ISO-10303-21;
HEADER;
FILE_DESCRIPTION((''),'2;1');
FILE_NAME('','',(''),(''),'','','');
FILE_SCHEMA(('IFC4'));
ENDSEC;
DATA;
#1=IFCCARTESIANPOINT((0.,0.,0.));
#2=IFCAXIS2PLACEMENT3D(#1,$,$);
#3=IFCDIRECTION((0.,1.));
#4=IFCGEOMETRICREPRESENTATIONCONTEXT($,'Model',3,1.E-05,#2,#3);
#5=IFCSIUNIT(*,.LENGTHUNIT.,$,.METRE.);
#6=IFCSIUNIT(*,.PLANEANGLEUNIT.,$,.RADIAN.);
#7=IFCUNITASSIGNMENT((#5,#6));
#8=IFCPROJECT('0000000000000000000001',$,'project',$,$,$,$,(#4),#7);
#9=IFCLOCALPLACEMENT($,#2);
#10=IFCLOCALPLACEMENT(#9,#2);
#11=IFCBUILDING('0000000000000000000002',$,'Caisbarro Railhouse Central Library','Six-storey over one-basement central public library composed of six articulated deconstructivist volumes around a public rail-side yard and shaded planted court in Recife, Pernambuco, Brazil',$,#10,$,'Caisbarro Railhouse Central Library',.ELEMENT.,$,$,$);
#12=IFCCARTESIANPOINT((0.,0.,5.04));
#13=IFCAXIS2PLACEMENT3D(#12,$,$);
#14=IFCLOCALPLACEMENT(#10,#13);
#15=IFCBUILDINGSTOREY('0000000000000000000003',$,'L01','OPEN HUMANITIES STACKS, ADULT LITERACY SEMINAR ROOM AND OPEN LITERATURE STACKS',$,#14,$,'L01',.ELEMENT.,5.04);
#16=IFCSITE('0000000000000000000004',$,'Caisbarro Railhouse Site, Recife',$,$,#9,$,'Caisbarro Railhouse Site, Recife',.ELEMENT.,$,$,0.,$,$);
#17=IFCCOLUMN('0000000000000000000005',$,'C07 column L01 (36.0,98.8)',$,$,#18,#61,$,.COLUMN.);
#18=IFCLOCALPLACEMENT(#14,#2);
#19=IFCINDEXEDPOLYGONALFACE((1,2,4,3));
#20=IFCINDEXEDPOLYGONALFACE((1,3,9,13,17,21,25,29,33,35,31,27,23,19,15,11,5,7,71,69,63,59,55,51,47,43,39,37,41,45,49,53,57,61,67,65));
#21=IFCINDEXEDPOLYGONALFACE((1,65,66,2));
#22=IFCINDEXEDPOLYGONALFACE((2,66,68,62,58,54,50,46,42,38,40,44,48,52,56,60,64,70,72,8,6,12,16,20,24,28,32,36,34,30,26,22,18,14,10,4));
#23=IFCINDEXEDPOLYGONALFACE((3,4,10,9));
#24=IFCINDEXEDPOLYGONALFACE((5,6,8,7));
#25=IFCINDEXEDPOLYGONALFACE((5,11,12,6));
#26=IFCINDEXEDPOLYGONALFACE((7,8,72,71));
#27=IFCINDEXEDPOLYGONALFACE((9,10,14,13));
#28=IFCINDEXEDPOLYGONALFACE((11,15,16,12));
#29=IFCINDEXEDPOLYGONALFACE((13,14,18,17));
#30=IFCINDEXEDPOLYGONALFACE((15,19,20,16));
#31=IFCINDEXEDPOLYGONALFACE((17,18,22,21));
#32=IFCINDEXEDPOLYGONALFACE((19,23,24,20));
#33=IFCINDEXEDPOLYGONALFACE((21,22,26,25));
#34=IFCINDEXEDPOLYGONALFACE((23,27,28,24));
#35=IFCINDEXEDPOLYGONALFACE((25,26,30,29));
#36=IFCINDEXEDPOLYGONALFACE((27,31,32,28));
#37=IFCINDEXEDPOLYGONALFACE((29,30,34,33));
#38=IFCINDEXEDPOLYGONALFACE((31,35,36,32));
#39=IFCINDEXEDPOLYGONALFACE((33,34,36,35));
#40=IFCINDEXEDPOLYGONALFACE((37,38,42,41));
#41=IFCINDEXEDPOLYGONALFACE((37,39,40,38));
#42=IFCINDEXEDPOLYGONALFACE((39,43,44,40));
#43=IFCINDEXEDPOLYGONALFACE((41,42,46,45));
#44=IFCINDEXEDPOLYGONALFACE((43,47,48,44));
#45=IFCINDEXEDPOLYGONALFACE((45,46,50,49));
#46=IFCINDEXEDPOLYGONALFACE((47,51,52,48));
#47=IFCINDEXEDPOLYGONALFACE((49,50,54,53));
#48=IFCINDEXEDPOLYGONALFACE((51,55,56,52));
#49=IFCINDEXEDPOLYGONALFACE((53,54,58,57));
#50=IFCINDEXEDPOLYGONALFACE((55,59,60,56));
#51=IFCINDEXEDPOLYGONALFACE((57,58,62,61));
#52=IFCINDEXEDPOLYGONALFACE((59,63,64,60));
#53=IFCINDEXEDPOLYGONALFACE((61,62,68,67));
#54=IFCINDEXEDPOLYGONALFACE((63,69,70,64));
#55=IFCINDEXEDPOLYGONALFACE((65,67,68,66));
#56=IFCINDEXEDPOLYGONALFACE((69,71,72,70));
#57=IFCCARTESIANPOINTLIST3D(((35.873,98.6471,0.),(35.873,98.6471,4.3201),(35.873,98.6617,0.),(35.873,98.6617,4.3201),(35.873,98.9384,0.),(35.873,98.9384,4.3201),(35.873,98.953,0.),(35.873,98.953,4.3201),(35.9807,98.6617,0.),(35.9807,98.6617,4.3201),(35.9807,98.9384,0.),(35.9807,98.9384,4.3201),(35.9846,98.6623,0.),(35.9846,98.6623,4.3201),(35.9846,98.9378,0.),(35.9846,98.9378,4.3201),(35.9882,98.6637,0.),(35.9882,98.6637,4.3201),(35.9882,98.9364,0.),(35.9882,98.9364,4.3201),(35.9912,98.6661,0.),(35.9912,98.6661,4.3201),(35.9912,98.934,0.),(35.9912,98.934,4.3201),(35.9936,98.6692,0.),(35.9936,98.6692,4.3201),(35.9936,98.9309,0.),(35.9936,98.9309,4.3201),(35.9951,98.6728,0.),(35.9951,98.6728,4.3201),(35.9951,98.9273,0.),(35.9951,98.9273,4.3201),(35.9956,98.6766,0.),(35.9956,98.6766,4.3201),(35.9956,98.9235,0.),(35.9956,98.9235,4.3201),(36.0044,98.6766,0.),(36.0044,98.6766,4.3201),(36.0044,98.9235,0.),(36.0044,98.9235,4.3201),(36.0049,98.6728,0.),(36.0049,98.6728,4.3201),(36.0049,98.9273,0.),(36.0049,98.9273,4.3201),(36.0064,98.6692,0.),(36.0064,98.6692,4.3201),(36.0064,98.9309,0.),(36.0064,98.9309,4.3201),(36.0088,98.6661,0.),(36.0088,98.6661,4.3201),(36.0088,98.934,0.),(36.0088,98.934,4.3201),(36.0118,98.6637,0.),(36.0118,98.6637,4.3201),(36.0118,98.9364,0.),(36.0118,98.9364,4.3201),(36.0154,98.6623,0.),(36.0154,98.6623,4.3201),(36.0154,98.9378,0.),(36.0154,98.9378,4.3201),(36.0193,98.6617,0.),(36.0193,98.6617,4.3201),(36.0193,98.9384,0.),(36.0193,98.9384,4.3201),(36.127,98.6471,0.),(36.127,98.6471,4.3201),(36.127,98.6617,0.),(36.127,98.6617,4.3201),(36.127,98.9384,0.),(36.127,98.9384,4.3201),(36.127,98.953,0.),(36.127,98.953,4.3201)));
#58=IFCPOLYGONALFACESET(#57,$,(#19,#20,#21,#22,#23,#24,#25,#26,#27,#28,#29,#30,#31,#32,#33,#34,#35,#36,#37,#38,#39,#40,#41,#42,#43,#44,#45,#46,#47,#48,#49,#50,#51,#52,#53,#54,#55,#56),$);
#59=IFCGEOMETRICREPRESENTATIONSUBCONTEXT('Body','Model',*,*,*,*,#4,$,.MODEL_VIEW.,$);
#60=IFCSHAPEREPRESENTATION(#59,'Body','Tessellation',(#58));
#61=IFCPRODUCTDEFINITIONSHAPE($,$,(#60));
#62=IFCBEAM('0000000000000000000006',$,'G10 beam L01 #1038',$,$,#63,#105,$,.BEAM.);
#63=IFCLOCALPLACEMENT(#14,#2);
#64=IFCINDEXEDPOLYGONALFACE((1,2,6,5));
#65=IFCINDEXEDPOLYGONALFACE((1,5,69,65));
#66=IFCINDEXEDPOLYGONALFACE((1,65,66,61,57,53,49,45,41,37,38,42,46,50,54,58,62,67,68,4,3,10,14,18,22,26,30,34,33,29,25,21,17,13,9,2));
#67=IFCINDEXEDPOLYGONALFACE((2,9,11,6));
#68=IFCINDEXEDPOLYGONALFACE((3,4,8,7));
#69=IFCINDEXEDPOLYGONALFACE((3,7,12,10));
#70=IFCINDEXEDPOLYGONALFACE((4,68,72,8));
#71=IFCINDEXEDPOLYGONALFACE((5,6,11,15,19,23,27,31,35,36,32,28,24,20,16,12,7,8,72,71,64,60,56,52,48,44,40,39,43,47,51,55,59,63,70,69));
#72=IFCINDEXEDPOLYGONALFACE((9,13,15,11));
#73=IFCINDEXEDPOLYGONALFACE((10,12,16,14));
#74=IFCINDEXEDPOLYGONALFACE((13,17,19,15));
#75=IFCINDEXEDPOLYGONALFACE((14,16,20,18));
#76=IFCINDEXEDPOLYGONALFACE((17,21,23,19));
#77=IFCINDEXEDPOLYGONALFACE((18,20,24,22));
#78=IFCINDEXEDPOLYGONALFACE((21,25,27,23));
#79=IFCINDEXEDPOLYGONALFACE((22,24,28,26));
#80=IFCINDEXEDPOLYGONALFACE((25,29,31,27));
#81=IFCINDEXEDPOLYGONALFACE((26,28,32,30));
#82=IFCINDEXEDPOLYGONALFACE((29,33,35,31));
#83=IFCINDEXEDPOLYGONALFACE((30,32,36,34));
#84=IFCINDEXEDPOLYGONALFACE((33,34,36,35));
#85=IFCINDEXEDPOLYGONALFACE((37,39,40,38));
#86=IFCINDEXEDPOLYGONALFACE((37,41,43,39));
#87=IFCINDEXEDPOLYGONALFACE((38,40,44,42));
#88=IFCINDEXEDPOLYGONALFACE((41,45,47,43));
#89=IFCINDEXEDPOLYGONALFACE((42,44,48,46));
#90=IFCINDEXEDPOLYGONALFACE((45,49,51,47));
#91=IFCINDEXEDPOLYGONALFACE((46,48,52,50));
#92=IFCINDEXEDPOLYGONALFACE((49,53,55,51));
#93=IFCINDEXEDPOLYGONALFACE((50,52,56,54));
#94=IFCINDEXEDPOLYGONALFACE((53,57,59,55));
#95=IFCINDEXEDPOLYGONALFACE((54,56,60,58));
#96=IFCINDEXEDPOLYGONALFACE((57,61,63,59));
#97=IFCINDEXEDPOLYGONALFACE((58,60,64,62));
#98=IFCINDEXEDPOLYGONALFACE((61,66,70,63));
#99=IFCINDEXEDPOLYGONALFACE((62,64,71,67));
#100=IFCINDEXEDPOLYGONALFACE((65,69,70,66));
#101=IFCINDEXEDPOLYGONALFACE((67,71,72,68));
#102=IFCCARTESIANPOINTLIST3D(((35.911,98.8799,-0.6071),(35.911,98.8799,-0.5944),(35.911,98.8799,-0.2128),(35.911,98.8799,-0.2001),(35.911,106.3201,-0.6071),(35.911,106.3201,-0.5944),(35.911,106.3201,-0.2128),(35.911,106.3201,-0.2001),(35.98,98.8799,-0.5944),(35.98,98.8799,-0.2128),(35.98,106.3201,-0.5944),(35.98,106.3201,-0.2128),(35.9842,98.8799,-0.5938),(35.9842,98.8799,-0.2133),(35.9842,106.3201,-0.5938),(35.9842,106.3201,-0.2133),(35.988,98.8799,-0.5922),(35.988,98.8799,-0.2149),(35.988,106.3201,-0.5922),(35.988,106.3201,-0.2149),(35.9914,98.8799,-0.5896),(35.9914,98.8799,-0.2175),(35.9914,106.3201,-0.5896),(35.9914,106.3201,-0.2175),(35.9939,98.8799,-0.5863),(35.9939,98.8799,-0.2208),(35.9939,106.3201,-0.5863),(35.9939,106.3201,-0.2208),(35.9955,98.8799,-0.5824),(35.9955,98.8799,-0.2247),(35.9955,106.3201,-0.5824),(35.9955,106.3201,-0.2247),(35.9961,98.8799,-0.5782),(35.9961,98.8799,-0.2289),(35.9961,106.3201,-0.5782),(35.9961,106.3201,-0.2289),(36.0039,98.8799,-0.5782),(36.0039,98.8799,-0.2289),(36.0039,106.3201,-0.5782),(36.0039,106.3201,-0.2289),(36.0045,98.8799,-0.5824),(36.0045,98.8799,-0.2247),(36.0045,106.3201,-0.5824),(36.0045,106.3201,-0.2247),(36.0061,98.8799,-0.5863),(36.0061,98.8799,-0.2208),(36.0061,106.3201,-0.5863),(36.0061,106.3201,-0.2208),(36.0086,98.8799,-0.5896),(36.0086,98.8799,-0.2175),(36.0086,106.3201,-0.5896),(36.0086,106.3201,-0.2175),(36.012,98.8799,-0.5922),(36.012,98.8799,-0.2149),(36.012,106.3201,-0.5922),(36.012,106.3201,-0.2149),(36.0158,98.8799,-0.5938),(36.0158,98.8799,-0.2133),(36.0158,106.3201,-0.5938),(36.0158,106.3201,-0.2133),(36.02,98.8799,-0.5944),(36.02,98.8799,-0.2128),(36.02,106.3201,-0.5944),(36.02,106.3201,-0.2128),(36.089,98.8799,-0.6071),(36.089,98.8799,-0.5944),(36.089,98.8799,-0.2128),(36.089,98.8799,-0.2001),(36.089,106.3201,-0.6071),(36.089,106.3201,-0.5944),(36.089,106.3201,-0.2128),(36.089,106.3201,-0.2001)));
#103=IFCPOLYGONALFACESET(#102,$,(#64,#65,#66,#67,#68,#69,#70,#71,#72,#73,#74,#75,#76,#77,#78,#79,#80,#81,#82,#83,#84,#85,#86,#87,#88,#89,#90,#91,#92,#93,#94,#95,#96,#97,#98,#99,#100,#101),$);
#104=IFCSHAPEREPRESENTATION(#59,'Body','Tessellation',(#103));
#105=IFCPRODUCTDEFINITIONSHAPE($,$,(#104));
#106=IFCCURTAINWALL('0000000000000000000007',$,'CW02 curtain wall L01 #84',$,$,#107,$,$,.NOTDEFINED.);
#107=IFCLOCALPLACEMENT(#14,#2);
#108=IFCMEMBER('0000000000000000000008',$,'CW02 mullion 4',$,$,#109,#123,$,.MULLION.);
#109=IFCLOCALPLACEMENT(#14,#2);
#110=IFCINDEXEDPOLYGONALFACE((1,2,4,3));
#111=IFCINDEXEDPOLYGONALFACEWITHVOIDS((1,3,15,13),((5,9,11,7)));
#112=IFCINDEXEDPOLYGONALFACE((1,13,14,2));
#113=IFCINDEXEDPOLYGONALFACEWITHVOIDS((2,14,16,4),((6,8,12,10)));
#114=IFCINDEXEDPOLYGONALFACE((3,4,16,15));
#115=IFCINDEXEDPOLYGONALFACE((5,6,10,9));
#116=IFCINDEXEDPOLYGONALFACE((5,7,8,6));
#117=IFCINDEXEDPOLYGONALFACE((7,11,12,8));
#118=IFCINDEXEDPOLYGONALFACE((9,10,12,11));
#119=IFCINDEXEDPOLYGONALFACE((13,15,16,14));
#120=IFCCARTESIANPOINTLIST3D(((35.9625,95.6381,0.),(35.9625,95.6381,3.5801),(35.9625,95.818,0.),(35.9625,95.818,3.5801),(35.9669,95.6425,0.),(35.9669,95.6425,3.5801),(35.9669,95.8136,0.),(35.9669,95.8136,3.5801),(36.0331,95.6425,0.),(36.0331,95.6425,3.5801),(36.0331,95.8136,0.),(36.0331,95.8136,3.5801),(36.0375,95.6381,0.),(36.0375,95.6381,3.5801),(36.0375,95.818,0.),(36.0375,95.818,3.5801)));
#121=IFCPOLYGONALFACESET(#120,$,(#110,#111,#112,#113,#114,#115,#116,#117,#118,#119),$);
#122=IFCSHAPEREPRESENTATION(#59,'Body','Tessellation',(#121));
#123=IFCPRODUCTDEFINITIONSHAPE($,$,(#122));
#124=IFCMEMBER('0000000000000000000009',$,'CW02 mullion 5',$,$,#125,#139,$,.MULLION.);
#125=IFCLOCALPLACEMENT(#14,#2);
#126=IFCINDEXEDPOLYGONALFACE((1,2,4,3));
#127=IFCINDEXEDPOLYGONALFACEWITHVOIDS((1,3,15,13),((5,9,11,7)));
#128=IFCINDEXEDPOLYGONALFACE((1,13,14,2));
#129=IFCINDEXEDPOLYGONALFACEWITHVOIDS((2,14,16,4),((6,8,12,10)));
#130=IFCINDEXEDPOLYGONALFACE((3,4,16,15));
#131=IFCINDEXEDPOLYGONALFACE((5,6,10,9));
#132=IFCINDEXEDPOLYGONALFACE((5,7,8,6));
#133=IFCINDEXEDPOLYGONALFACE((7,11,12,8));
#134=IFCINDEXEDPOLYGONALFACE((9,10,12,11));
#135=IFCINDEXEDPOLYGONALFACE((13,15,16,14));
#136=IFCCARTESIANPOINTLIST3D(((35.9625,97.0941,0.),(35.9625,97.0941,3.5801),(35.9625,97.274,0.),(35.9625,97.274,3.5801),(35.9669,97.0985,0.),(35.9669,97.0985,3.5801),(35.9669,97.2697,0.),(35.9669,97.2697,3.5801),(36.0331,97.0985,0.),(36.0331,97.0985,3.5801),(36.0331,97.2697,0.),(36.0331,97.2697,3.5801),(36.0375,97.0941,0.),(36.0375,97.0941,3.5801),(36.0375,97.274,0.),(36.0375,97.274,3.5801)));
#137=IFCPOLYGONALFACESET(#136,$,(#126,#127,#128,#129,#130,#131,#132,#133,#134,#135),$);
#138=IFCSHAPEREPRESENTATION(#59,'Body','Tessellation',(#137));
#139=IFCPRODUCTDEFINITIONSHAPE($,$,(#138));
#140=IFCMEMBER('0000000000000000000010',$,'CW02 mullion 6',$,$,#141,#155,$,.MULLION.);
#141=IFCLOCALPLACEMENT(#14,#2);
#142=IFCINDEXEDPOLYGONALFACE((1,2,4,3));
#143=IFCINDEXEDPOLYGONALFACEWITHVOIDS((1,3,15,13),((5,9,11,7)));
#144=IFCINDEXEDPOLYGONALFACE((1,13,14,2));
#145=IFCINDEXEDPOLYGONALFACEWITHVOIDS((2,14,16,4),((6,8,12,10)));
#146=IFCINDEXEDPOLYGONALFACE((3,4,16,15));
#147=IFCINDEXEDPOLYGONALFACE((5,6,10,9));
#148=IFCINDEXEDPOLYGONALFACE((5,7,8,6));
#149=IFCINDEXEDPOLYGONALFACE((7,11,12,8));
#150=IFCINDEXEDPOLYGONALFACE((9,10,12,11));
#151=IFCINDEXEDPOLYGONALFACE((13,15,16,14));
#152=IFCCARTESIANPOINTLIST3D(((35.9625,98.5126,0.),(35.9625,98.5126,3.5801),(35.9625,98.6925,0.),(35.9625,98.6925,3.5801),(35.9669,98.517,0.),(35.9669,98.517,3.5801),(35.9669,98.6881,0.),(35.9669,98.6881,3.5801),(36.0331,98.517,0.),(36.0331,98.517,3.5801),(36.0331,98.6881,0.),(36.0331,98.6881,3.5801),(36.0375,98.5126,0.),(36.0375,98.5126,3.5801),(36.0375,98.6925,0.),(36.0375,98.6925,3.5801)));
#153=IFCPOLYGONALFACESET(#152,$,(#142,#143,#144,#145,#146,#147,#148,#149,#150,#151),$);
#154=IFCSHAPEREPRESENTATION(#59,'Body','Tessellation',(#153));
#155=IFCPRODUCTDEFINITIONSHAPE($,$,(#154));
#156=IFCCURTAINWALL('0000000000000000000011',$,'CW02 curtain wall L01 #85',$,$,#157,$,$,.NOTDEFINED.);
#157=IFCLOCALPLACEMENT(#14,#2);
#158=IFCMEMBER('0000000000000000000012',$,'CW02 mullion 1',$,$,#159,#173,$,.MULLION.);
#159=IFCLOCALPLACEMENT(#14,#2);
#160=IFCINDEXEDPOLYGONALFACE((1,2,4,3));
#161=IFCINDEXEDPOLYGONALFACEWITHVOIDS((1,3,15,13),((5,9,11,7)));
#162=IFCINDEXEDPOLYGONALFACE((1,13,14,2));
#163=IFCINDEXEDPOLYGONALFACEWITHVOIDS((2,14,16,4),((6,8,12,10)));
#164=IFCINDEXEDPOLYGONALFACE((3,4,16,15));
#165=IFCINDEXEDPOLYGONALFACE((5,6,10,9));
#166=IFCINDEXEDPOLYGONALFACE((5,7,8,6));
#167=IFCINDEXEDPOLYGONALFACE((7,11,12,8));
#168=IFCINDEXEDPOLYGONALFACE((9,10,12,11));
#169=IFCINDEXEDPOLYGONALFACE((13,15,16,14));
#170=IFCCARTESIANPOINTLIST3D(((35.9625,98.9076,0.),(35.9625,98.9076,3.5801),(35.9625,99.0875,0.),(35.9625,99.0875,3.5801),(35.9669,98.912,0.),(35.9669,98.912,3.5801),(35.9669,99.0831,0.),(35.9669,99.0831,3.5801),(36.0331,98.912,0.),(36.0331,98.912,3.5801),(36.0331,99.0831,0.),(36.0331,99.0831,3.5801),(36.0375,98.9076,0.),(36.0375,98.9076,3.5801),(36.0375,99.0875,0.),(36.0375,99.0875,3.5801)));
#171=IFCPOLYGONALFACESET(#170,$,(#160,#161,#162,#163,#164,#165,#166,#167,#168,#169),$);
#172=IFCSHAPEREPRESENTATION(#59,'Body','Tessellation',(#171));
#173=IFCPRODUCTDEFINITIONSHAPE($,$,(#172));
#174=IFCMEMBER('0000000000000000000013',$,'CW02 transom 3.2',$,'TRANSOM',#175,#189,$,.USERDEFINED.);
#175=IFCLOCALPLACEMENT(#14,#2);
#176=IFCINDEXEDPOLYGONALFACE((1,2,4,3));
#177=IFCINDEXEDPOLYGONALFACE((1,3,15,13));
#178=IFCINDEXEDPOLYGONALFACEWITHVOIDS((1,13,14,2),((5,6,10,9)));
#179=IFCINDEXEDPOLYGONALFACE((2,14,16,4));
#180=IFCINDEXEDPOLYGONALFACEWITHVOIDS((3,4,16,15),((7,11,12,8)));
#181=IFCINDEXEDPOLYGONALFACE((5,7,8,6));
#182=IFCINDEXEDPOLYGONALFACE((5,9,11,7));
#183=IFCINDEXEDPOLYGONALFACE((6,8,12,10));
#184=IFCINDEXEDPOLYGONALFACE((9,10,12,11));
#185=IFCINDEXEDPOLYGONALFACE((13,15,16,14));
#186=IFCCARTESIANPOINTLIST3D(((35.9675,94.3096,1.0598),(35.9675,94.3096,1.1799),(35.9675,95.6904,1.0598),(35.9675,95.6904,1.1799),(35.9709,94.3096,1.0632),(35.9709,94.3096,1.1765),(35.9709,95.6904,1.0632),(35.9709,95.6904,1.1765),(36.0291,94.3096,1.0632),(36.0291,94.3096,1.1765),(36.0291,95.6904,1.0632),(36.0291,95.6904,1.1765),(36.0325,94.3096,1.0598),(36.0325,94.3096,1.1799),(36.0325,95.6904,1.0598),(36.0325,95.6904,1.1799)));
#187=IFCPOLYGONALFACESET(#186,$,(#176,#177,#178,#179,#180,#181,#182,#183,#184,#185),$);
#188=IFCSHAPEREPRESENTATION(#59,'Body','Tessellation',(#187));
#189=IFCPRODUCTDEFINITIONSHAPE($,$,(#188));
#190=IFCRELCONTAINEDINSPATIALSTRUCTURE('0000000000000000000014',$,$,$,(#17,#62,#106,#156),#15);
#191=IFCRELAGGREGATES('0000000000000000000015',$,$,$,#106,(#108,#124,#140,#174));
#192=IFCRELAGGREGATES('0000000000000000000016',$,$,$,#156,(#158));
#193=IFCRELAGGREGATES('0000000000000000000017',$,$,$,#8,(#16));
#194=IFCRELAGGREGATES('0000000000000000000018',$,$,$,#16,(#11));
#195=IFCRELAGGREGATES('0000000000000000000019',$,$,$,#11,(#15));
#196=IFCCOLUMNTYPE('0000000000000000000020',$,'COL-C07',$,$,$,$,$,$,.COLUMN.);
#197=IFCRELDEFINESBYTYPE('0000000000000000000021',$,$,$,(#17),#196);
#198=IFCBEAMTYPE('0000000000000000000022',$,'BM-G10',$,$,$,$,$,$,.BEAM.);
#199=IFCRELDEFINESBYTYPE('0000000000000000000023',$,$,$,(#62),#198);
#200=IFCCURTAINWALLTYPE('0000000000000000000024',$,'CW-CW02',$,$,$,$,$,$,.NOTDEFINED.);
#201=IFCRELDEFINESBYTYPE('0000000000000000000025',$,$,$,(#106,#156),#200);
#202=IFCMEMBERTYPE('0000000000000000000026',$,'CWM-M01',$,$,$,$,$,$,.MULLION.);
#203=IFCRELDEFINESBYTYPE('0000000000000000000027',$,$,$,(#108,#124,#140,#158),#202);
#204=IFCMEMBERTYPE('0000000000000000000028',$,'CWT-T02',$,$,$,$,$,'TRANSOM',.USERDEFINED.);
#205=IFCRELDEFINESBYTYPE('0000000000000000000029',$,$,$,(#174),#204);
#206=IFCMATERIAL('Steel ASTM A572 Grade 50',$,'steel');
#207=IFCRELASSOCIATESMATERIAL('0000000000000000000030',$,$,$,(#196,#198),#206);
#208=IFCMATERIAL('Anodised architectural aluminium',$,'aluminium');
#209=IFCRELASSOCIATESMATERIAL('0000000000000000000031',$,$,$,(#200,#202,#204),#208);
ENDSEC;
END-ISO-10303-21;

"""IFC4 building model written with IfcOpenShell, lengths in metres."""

from ifc_helpers import new_model, si_unit, direction, frame, origin, origin_2d, place, context, subcontext, project, spatial, hollow_rectangle, i_section, extrude, material, material_profile, profile_set, type_object, element, aggregate, save


model = new_model("IFC4")

# Units and contexts
model_context = context("Model", 3, precision=1e-05, world=origin(), true_north=direction((0.0, 1.0)))
body_context = subcontext(model_context, "Body", "Model", "MODEL_VIEW")
ifc_project = project(units=[si_unit("LENGTHUNIT", "METRE"), si_unit("PLANEANGLEUNIT", "RADIAN")], contexts=[model_context])

# Site, building, storey
site_placement = place(None, origin())
site = spatial("IfcSite", under=ifc_project, at=site_placement, Name="Caisbarro Railhouse Site, Recife", LongName="Caisbarro Railhouse Site, Recife", CompositionType="ELEMENT", RefElevation=0.0)
building_placement = place(site_placement, origin())
building = spatial("IfcBuilding", under=site, at=building_placement, Name="Caisbarro Railhouse Central Library", Description="Six-storey over one-basement central public library composed of six articulated deconstructivist volumes around a public rail-side yard and shaded planted court in Recife, Pernambuco, Brazil", LongName="Caisbarro Railhouse Central Library", CompositionType="ELEMENT")
storey_placement = place(building_placement, frame((0.0, 0.0, 5.04)))
storey = spatial("IfcBuildingStorey", under=building, at=storey_placement, Name="L01", Description="OPEN HUMANITIES STACKS, ADULT LITERACY SEMINAR ROOM AND OPEN LITERATURE STACKS", LongName="L01", CompositionType="ELEMENT", Elevation=5.04)

# Column
ifc_material_1 = material(Name="Steel ASTM A572 Grade 50", Category="steel")
ifc_material_profile_1 = material_profile(ifc_material_1, i_section(OverallWidth=0.2539, OverallDepth=0.3059, WebThickness=0.0088, FlangeThickness=0.0146, FilletRadius=0.0149, at=origin_2d()), Name="W310X79.0")
ifc_profile_set_1 = profile_set([ifc_material_profile_1], Name="Steel ASTM A572 Grade 50")
column_type = type_object("IfcColumnType", Name="COL-C07", PredefinedType="COLUMN", material=ifc_profile_set_1)
column_placement = place(storey_placement, frame((36.0, 98.8, 0.0), z_axis=(0.0, 0.0, 1.0), x_axis=(1.0, 0.0, 0.0)))
element("IfcColumn", 1, at=column_placement, inside=storey, type_object=column_type, Name="C07 column L01 (36.0,98.8)", PredefinedType="COLUMN", context=body_context, shape_type="SweptSolid", body=[
    extrude(i_section(OverallWidth=0.2539, OverallDepth=0.3059, WebThickness=0.0088, FlangeThickness=0.0146, FilletRadius=0.0149, at=origin_2d()), origin(), (0.0, 0.0, 1.0), 4.3201),
])

# Beam
ifc_material_profile_2 = material_profile(ifc_material_1, i_section(OverallWidth=0.178, OverallDepth=0.407, WebThickness=0.0078, FlangeThickness=0.0127, FilletRadius=0.0161, at=origin_2d()), Name="W410X60.0")
ifc_profile_set_2 = profile_set([ifc_material_profile_2], Name="Steel ASTM A572 Grade 50")
beam_type = type_object("IfcBeamType", Name="BM-G10", PredefinedType="BEAM", material=ifc_profile_set_2)
beam_placement = place(storey_placement, frame((36.0, 98.8799, -0.4036), z_axis=(0.0, 1.0, 0.0), x_axis=(-1.0, 0.0, 0.0)))
element("IfcBeam", 2, at=beam_placement, inside=storey, type_object=beam_type, Name="G10 beam L01 #1038", PredefinedType="BEAM", context=body_context, shape_type="SweptSolid", body=[
    extrude(i_section(OverallWidth=0.178, OverallDepth=0.407, WebThickness=0.0078, FlangeThickness=0.0127, FilletRadius=0.0161, at=origin_2d()), origin(), (0.0, 0.0, 1.0), 7.4402),
])

# Curtain wall, members
ifc_material_2 = material(Name="Anodised architectural aluminium", Category="aluminium")
curtain_wall_type = type_object("IfcCurtainWallType", Name="CW-CW02", PredefinedType="NOTDEFINED", material=ifc_material_2)
curtain_wall_1_placement = place(storey_placement, origin())
curtain_wall_1 = element("IfcCurtainWall", 3, at=curtain_wall_1_placement, inside=storey, type_object=curtain_wall_type, Name="CW02 curtain wall L01 #84", PredefinedType="NOTDEFINED")
ifc_material_profile_3 = material_profile(ifc_material_2, hollow_rectangle(XDim=0.075, YDim=0.1799, WallThickness=0.0044, at=origin_2d()), Name="ALU-MUL-75X180")
ifc_profile_set_3 = profile_set([ifc_material_profile_3], Name="Anodised architectural aluminium")
member_type_1 = type_object("IfcMemberType", Name="CWM-M01", PredefinedType="MULLION", material=ifc_profile_set_3)
member_1_placement = place(storey_placement, frame((36.0, 95.728, 0.0), z_axis=(0.0, 0.0, 1.0), x_axis=(-1.0, 0.0, 0.0)))
member_1 = element("IfcMember", 4, at=member_1_placement, type_object=member_type_1, Name="CW02 mullion 4", PredefinedType="MULLION", context=body_context, shape_type="SweptSolid", body=[
    extrude(hollow_rectangle(XDim=0.075, YDim=0.1799, WallThickness=0.0044, at=origin_2d()), origin(), (0.0, 0.0, 1.0), 3.5801),
])
member_2_placement = place(storey_placement, frame((36.0, 97.1841, 0.0), z_axis=(0.0, 0.0, 1.0), x_axis=(-1.0, 0.0, 0.0)))
member_2 = element("IfcMember", 5, at=member_2_placement, type_object=member_type_1, Name="CW02 mullion 5", PredefinedType="MULLION", context=body_context, shape_type="SweptSolid", body=[
    extrude(hollow_rectangle(XDim=0.075, YDim=0.1799, WallThickness=0.0044, at=origin_2d()), origin(), (0.0, 0.0, 1.0), 3.5801),
])
member_3_placement = place(storey_placement, frame((36.0, 98.6025, 0.0), z_axis=(0.0, 0.0, 1.0), x_axis=(-1.0, 0.0, 0.0)))
member_3 = element("IfcMember", 6, at=member_3_placement, type_object=member_type_1, Name="CW02 mullion 6", PredefinedType="MULLION", context=body_context, shape_type="SweptSolid", body=[
    extrude(hollow_rectangle(XDim=0.075, YDim=0.1799, WallThickness=0.0044, at=origin_2d()), origin(), (0.0, 0.0, 1.0), 3.5801),
])

# Curtain wall, member
curtain_wall_2_placement = place(storey_placement, origin())
curtain_wall_2 = element("IfcCurtainWall", 7, at=curtain_wall_2_placement, inside=storey, type_object=curtain_wall_type, Name="CW02 curtain wall L01 #85", PredefinedType="NOTDEFINED")
member_4_placement = place(storey_placement, frame((36.0, 98.9976, 0.0), z_axis=(0.0, 0.0, 1.0), x_axis=(-1.0, 0.0, 0.0)))
member_4 = element("IfcMember", 8, at=member_4_placement, type_object=member_type_1, Name="CW02 mullion 1", PredefinedType="MULLION", context=body_context, shape_type="SweptSolid", body=[
    extrude(hollow_rectangle(XDim=0.075, YDim=0.1799, WallThickness=0.0044, at=origin_2d()), origin(), (0.0, 0.0, 1.0), 3.5801),
])

# Member
ifc_material_profile_4 = material_profile(ifc_material_2, hollow_rectangle(XDim=0.0649, YDim=0.1201, WallThickness=0.0034, at=origin_2d()), Name="ALU-TRN-65X120")
ifc_profile_set_4 = profile_set([ifc_material_profile_4], Name="Anodised architectural aluminium")
member_type_2 = type_object("IfcMemberType", Name="CWT-T02", ElementType="TRANSOM", PredefinedType="USERDEFINED", material=ifc_profile_set_4)
member_5_placement = place(storey_placement, frame((36.0, 94.3096, 1.1199), z_axis=(0.0, 1.0, 0.0), x_axis=(-1.0, 0.0, 0.0)))
member_5 = element("IfcMember", 9, at=member_5_placement, type_object=member_type_2, Name="CW02 transom 3.2", ObjectType="TRANSOM", PredefinedType="USERDEFINED", context=body_context, shape_type="SweptSolid", body=[
    extrude(hollow_rectangle(XDim=0.0649, YDim=0.1201, WallThickness=0.0034, at=origin_2d()), origin(), (0.0, 0.0, 1.0), 1.3809),
])

aggregate(curtain_wall_1, [member_1, member_2, member_3, member_5])
aggregate(curtain_wall_2, [member_4])

save(model, "model.ifc")
